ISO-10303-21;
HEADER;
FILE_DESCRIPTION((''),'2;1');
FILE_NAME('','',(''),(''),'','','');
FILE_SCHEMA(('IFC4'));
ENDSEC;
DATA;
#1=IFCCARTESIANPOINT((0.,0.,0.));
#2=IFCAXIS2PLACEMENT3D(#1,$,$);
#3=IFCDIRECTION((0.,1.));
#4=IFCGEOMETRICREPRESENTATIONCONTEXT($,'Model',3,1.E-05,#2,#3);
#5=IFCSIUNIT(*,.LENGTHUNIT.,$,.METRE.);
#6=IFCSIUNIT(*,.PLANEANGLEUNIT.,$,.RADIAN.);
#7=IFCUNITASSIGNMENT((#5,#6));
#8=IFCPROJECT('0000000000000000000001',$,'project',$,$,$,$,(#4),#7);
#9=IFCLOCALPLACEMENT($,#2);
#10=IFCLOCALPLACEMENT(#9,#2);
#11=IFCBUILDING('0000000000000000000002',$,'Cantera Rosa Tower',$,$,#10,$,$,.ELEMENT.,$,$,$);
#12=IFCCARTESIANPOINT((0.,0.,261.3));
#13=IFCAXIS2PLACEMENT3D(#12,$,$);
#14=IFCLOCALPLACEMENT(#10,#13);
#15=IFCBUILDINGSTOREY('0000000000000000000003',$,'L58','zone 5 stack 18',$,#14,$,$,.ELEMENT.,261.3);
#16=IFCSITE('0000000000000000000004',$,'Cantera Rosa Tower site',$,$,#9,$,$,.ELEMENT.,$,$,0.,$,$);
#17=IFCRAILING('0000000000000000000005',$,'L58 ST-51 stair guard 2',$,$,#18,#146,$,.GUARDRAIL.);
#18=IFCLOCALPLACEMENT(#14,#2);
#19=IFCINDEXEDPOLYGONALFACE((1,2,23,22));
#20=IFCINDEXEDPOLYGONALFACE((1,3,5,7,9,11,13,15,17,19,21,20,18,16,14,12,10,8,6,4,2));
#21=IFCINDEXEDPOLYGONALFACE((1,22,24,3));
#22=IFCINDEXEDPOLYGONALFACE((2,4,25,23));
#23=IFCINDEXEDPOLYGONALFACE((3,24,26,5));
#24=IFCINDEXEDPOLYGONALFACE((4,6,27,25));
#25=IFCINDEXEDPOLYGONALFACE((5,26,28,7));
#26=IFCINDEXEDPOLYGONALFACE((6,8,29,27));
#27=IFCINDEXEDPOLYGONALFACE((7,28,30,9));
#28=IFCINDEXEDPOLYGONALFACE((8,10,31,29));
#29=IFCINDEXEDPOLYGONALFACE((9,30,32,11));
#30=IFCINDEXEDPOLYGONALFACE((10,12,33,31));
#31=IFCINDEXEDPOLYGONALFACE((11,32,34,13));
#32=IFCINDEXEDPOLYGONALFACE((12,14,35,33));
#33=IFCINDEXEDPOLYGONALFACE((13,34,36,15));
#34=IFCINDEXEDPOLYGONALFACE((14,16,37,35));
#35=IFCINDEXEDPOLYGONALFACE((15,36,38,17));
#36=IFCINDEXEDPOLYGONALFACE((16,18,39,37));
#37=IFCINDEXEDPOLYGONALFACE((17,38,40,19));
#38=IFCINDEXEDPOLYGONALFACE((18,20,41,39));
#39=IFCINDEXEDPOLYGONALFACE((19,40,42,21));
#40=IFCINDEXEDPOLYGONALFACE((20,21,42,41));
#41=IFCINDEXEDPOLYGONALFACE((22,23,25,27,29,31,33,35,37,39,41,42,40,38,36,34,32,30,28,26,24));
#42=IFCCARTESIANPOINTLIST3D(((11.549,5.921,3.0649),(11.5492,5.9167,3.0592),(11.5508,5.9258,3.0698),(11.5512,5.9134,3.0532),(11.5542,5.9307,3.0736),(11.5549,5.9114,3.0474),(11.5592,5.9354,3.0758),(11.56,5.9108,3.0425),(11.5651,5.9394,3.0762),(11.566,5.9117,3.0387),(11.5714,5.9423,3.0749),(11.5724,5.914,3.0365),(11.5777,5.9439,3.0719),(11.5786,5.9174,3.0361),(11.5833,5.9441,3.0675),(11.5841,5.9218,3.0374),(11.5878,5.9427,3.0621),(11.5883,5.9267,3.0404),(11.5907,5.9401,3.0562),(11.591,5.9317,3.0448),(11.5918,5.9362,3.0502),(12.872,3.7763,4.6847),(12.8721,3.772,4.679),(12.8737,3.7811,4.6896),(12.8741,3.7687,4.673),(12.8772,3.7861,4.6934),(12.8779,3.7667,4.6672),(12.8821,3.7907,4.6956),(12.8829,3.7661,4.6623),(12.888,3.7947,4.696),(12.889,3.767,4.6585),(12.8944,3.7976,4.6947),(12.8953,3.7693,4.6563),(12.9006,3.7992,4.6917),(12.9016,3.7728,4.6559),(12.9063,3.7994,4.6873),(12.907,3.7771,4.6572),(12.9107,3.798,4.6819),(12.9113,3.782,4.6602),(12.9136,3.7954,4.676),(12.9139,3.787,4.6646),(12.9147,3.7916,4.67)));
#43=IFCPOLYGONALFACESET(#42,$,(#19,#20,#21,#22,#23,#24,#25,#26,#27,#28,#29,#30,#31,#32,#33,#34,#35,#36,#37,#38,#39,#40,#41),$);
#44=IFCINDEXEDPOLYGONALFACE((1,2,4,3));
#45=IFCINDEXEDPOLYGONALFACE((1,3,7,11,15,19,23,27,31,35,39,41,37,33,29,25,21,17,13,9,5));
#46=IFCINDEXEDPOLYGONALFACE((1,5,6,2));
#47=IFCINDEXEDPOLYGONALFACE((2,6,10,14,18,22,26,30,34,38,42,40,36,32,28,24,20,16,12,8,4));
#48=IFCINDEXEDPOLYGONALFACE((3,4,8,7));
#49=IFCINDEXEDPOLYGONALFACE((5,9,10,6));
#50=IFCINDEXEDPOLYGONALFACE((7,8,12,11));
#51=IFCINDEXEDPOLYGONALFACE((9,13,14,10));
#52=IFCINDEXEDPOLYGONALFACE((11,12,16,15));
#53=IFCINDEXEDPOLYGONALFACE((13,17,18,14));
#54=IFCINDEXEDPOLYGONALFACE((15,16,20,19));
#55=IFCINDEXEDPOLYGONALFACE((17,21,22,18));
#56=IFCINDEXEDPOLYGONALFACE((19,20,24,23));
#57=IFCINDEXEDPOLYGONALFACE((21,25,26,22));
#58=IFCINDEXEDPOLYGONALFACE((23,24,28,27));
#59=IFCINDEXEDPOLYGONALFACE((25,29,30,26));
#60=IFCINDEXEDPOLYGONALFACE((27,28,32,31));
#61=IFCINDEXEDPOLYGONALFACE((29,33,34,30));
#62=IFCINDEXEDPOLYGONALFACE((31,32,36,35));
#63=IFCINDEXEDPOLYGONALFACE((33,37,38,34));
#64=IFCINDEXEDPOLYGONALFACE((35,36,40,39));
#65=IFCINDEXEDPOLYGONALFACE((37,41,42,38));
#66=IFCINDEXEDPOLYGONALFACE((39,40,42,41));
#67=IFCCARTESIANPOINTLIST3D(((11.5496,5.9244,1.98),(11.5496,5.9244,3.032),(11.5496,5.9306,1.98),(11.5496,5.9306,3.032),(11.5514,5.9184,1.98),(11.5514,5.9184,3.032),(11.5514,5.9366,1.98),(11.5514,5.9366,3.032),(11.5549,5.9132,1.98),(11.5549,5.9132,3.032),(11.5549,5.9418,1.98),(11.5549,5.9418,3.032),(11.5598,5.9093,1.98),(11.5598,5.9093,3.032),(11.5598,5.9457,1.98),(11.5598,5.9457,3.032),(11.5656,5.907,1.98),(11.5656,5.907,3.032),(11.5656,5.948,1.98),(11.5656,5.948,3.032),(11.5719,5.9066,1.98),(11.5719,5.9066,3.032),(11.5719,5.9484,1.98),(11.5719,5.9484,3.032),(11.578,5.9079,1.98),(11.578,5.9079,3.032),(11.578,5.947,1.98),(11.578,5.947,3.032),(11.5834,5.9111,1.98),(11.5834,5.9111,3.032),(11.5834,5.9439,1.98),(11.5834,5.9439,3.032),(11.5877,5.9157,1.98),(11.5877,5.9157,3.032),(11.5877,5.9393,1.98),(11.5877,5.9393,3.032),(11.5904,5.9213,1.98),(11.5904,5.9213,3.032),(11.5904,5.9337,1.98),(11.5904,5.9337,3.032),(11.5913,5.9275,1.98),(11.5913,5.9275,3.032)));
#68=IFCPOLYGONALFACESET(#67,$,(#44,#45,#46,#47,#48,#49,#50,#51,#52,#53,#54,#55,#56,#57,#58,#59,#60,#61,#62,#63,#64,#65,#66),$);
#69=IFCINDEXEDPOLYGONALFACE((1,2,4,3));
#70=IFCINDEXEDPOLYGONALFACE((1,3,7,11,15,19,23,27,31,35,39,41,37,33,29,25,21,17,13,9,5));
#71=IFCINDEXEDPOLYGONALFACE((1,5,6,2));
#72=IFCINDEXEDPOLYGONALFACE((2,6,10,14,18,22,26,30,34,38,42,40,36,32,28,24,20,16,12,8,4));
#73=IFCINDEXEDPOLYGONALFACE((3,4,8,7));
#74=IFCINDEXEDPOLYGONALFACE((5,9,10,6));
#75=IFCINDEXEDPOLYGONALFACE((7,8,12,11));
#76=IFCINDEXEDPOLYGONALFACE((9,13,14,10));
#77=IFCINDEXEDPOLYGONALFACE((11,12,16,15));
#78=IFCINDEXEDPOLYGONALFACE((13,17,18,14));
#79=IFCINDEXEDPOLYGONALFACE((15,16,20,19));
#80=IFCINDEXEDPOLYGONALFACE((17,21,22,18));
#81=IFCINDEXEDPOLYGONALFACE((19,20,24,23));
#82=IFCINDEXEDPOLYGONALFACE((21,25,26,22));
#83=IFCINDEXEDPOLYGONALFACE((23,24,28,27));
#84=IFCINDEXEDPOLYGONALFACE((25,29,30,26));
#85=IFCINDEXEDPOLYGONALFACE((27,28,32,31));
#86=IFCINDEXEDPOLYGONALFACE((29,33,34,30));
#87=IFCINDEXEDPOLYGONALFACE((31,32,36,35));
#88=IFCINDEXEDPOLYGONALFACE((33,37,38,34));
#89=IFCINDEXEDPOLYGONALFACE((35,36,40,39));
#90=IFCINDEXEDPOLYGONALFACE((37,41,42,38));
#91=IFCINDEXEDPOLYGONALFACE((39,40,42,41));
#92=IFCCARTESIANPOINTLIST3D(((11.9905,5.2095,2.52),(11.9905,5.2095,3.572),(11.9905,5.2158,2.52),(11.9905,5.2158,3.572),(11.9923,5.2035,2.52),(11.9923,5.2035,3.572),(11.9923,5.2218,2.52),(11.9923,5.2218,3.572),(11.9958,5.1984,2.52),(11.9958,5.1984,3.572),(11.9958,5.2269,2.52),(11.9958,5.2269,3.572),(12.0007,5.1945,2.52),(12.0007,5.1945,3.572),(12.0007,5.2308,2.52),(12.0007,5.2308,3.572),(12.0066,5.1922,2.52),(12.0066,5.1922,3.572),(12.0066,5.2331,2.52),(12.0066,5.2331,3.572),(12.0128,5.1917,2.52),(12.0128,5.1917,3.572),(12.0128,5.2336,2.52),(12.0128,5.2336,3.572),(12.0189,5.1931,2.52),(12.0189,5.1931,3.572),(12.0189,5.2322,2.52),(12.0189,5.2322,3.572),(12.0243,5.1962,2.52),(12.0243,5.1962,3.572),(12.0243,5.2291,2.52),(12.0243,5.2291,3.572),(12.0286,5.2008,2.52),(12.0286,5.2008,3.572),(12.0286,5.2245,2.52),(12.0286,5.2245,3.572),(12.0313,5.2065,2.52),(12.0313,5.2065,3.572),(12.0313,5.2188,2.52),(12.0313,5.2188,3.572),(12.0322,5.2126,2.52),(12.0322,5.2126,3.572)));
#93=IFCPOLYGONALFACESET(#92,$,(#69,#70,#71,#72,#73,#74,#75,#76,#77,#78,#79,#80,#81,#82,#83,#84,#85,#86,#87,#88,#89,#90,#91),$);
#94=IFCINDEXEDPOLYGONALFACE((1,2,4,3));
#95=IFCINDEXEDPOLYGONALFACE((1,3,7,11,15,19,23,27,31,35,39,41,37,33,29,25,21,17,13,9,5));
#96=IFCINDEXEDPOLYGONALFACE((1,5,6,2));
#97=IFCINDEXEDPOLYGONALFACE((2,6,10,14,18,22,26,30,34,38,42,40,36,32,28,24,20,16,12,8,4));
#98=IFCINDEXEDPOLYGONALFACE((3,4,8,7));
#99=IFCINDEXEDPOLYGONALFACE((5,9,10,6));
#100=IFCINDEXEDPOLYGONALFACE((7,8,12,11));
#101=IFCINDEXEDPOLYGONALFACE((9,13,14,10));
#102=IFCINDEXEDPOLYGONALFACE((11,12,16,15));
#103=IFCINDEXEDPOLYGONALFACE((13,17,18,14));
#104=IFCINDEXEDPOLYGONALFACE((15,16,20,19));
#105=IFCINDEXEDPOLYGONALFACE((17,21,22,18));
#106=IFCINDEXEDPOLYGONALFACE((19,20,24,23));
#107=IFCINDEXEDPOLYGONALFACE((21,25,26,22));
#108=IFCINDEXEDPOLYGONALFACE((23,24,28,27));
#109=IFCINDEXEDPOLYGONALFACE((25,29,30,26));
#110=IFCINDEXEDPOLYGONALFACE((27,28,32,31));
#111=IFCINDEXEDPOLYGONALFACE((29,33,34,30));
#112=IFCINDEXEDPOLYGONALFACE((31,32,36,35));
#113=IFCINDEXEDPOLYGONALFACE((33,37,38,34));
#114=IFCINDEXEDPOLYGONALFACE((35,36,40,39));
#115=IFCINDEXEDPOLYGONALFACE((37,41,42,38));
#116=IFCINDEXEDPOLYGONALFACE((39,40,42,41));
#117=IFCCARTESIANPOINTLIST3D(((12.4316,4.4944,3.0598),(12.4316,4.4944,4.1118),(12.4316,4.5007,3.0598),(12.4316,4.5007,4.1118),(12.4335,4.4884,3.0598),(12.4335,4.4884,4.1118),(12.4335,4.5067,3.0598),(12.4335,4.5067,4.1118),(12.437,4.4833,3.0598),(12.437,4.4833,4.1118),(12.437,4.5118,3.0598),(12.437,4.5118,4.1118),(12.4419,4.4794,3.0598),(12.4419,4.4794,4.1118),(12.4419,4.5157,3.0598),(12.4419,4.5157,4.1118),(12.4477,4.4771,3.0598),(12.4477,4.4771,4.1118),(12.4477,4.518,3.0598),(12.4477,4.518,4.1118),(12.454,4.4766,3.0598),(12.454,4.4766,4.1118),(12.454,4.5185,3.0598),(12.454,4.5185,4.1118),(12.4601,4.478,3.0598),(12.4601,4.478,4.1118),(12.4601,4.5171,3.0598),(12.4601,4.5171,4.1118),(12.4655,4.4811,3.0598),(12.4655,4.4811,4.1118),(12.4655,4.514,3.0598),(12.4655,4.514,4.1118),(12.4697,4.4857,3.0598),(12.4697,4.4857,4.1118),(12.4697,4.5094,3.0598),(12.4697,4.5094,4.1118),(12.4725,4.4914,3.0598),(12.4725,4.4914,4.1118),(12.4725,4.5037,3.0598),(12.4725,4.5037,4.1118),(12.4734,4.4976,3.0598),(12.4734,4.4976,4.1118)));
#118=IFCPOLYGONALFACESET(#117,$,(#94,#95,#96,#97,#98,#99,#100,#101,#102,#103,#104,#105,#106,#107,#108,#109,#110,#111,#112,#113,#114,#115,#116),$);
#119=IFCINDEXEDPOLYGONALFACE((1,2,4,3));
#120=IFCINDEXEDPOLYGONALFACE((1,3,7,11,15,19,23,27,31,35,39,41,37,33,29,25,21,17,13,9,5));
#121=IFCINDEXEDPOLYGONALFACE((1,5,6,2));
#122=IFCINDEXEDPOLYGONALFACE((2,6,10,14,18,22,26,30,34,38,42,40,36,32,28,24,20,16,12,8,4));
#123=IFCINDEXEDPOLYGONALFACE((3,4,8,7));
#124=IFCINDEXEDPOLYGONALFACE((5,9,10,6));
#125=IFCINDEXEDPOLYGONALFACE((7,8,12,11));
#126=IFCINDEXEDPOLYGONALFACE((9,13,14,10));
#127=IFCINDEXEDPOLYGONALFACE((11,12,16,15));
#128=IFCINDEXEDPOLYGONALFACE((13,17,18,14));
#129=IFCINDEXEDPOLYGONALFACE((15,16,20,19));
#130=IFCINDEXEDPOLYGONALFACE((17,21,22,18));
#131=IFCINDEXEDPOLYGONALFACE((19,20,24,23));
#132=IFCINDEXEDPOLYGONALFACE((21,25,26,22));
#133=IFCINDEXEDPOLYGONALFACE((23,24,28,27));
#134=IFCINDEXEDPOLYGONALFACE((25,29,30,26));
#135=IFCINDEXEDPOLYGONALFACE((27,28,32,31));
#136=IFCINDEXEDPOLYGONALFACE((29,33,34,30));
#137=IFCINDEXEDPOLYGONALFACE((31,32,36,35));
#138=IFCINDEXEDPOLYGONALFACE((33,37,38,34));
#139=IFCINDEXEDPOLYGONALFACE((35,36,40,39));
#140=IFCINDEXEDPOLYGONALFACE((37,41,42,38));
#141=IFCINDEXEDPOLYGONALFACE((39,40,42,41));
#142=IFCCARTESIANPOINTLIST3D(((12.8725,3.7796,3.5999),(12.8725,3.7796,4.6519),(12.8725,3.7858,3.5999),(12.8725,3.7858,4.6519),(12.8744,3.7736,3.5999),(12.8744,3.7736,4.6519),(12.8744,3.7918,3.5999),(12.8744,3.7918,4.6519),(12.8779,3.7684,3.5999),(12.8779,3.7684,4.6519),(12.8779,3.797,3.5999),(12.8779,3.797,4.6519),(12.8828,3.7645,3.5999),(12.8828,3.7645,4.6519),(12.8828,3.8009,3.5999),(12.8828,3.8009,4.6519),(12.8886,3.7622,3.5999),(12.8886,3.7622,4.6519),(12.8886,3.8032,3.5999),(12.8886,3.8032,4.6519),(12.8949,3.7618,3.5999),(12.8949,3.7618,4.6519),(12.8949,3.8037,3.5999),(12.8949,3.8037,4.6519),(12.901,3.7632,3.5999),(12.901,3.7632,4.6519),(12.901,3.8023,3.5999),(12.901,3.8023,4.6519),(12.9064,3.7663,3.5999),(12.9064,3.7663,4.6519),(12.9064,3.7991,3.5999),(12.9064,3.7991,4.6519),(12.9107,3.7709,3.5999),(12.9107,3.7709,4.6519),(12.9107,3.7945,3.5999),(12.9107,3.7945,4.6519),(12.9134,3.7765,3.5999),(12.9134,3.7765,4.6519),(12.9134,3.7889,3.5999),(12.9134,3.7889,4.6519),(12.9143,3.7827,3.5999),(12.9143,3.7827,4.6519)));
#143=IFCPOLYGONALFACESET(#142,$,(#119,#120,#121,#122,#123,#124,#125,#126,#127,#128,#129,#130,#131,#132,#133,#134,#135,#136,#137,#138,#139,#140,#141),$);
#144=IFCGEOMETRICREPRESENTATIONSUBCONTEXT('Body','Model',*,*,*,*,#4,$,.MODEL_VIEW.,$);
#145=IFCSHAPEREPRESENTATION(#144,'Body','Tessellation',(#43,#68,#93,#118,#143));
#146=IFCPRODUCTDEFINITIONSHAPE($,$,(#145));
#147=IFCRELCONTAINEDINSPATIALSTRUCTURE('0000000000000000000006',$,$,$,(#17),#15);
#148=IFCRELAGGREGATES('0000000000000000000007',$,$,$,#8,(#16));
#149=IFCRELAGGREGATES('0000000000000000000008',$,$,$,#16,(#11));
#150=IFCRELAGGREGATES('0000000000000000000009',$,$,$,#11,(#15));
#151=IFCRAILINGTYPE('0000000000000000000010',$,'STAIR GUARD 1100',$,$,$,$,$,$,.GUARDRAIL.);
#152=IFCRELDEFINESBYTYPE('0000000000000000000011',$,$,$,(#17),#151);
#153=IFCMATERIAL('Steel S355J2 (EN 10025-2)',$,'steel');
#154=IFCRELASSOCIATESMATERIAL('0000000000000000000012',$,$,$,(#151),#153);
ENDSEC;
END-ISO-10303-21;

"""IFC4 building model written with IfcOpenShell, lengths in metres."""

from ifc_helpers import new_model, si_unit, direction, frame, origin, origin_2d, place, context, subcontext, project, spatial, circle, extrude, material, type_object, element, save


model = new_model("IFC4")

# Units and contexts
model_context = context("Model", 3, precision=1e-05, world=origin(), true_north=direction((0.0, 1.0)))
body_context = subcontext(model_context, "Body", "Model", "MODEL_VIEW")
ifc_project = project(units=[si_unit("LENGTHUNIT", "METRE"), si_unit("PLANEANGLEUNIT", "RADIAN")], contexts=[model_context])

# Site, building, storey
site_placement = place(None, origin())
site = spatial("IfcSite", under=ifc_project, at=site_placement, Name="Cantera Rosa Tower site", CompositionType="ELEMENT", RefElevation=0.0)
building_placement = place(site_placement, origin())
building = spatial("IfcBuilding", under=site, at=building_placement, Name="Cantera Rosa Tower", CompositionType="ELEMENT")
storey_placement = place(building_placement, frame((0.0, 0.0, 261.3)))
storey = spatial("IfcBuildingStorey", under=building, at=storey_placement, Name="L58", Description="zone 5 stack 18", CompositionType="ELEMENT", Elevation=261.3)

# Railing
ifc_material_1 = material(Name="Steel S355J2 (EN 10025-2)", Category="steel")
railing_type_1 = type_object("IfcRailingType", Name="STAIR GUARD 1100", PredefinedType="GUARDRAIL", material=ifc_material_1)
railing_1_placement = place(storey_placement, frame((11.5703, 5.9275, 1.98)))
element("IfcRailing", 1, at=railing_1_placement, inside=storey, type_object=railing_type_1, Name="L58 ST-51 stair guard 2", PredefinedType="GUARDRAIL", context=body_context, shape_type="SweptSolid", body=[
    extrude(circle(Radius=0.0239, at=origin_2d()), frame((0.0, 0.0, 1.0762), z_axis=(0.441629, -0.715945, 0.540728), x_axis=(0.851102, 0.525, 0.0)), (0.0, 0.0, 1.0), 2.9956),
    extrude(circle(Radius=0.021, at=origin_2d()), origin(), (0.0, 0.0, 1.0), 1.052),
    extrude(circle(Radius=0.021, at=origin_2d()), frame((0.4409, -0.7148, 0.54)), (0.0, 0.0, 1.0), 1.052),
    extrude(circle(Radius=0.021, at=origin_2d()), frame((0.8821, -1.4299, 1.0798)), (0.0, 0.0, 1.0), 1.052),
    extrude(circle(Radius=0.021, at=origin_2d()), frame((1.323, -2.1448, 1.6199)), (0.0, 0.0, 1.0), 1.052),
])

save(model, "model.ifc")
